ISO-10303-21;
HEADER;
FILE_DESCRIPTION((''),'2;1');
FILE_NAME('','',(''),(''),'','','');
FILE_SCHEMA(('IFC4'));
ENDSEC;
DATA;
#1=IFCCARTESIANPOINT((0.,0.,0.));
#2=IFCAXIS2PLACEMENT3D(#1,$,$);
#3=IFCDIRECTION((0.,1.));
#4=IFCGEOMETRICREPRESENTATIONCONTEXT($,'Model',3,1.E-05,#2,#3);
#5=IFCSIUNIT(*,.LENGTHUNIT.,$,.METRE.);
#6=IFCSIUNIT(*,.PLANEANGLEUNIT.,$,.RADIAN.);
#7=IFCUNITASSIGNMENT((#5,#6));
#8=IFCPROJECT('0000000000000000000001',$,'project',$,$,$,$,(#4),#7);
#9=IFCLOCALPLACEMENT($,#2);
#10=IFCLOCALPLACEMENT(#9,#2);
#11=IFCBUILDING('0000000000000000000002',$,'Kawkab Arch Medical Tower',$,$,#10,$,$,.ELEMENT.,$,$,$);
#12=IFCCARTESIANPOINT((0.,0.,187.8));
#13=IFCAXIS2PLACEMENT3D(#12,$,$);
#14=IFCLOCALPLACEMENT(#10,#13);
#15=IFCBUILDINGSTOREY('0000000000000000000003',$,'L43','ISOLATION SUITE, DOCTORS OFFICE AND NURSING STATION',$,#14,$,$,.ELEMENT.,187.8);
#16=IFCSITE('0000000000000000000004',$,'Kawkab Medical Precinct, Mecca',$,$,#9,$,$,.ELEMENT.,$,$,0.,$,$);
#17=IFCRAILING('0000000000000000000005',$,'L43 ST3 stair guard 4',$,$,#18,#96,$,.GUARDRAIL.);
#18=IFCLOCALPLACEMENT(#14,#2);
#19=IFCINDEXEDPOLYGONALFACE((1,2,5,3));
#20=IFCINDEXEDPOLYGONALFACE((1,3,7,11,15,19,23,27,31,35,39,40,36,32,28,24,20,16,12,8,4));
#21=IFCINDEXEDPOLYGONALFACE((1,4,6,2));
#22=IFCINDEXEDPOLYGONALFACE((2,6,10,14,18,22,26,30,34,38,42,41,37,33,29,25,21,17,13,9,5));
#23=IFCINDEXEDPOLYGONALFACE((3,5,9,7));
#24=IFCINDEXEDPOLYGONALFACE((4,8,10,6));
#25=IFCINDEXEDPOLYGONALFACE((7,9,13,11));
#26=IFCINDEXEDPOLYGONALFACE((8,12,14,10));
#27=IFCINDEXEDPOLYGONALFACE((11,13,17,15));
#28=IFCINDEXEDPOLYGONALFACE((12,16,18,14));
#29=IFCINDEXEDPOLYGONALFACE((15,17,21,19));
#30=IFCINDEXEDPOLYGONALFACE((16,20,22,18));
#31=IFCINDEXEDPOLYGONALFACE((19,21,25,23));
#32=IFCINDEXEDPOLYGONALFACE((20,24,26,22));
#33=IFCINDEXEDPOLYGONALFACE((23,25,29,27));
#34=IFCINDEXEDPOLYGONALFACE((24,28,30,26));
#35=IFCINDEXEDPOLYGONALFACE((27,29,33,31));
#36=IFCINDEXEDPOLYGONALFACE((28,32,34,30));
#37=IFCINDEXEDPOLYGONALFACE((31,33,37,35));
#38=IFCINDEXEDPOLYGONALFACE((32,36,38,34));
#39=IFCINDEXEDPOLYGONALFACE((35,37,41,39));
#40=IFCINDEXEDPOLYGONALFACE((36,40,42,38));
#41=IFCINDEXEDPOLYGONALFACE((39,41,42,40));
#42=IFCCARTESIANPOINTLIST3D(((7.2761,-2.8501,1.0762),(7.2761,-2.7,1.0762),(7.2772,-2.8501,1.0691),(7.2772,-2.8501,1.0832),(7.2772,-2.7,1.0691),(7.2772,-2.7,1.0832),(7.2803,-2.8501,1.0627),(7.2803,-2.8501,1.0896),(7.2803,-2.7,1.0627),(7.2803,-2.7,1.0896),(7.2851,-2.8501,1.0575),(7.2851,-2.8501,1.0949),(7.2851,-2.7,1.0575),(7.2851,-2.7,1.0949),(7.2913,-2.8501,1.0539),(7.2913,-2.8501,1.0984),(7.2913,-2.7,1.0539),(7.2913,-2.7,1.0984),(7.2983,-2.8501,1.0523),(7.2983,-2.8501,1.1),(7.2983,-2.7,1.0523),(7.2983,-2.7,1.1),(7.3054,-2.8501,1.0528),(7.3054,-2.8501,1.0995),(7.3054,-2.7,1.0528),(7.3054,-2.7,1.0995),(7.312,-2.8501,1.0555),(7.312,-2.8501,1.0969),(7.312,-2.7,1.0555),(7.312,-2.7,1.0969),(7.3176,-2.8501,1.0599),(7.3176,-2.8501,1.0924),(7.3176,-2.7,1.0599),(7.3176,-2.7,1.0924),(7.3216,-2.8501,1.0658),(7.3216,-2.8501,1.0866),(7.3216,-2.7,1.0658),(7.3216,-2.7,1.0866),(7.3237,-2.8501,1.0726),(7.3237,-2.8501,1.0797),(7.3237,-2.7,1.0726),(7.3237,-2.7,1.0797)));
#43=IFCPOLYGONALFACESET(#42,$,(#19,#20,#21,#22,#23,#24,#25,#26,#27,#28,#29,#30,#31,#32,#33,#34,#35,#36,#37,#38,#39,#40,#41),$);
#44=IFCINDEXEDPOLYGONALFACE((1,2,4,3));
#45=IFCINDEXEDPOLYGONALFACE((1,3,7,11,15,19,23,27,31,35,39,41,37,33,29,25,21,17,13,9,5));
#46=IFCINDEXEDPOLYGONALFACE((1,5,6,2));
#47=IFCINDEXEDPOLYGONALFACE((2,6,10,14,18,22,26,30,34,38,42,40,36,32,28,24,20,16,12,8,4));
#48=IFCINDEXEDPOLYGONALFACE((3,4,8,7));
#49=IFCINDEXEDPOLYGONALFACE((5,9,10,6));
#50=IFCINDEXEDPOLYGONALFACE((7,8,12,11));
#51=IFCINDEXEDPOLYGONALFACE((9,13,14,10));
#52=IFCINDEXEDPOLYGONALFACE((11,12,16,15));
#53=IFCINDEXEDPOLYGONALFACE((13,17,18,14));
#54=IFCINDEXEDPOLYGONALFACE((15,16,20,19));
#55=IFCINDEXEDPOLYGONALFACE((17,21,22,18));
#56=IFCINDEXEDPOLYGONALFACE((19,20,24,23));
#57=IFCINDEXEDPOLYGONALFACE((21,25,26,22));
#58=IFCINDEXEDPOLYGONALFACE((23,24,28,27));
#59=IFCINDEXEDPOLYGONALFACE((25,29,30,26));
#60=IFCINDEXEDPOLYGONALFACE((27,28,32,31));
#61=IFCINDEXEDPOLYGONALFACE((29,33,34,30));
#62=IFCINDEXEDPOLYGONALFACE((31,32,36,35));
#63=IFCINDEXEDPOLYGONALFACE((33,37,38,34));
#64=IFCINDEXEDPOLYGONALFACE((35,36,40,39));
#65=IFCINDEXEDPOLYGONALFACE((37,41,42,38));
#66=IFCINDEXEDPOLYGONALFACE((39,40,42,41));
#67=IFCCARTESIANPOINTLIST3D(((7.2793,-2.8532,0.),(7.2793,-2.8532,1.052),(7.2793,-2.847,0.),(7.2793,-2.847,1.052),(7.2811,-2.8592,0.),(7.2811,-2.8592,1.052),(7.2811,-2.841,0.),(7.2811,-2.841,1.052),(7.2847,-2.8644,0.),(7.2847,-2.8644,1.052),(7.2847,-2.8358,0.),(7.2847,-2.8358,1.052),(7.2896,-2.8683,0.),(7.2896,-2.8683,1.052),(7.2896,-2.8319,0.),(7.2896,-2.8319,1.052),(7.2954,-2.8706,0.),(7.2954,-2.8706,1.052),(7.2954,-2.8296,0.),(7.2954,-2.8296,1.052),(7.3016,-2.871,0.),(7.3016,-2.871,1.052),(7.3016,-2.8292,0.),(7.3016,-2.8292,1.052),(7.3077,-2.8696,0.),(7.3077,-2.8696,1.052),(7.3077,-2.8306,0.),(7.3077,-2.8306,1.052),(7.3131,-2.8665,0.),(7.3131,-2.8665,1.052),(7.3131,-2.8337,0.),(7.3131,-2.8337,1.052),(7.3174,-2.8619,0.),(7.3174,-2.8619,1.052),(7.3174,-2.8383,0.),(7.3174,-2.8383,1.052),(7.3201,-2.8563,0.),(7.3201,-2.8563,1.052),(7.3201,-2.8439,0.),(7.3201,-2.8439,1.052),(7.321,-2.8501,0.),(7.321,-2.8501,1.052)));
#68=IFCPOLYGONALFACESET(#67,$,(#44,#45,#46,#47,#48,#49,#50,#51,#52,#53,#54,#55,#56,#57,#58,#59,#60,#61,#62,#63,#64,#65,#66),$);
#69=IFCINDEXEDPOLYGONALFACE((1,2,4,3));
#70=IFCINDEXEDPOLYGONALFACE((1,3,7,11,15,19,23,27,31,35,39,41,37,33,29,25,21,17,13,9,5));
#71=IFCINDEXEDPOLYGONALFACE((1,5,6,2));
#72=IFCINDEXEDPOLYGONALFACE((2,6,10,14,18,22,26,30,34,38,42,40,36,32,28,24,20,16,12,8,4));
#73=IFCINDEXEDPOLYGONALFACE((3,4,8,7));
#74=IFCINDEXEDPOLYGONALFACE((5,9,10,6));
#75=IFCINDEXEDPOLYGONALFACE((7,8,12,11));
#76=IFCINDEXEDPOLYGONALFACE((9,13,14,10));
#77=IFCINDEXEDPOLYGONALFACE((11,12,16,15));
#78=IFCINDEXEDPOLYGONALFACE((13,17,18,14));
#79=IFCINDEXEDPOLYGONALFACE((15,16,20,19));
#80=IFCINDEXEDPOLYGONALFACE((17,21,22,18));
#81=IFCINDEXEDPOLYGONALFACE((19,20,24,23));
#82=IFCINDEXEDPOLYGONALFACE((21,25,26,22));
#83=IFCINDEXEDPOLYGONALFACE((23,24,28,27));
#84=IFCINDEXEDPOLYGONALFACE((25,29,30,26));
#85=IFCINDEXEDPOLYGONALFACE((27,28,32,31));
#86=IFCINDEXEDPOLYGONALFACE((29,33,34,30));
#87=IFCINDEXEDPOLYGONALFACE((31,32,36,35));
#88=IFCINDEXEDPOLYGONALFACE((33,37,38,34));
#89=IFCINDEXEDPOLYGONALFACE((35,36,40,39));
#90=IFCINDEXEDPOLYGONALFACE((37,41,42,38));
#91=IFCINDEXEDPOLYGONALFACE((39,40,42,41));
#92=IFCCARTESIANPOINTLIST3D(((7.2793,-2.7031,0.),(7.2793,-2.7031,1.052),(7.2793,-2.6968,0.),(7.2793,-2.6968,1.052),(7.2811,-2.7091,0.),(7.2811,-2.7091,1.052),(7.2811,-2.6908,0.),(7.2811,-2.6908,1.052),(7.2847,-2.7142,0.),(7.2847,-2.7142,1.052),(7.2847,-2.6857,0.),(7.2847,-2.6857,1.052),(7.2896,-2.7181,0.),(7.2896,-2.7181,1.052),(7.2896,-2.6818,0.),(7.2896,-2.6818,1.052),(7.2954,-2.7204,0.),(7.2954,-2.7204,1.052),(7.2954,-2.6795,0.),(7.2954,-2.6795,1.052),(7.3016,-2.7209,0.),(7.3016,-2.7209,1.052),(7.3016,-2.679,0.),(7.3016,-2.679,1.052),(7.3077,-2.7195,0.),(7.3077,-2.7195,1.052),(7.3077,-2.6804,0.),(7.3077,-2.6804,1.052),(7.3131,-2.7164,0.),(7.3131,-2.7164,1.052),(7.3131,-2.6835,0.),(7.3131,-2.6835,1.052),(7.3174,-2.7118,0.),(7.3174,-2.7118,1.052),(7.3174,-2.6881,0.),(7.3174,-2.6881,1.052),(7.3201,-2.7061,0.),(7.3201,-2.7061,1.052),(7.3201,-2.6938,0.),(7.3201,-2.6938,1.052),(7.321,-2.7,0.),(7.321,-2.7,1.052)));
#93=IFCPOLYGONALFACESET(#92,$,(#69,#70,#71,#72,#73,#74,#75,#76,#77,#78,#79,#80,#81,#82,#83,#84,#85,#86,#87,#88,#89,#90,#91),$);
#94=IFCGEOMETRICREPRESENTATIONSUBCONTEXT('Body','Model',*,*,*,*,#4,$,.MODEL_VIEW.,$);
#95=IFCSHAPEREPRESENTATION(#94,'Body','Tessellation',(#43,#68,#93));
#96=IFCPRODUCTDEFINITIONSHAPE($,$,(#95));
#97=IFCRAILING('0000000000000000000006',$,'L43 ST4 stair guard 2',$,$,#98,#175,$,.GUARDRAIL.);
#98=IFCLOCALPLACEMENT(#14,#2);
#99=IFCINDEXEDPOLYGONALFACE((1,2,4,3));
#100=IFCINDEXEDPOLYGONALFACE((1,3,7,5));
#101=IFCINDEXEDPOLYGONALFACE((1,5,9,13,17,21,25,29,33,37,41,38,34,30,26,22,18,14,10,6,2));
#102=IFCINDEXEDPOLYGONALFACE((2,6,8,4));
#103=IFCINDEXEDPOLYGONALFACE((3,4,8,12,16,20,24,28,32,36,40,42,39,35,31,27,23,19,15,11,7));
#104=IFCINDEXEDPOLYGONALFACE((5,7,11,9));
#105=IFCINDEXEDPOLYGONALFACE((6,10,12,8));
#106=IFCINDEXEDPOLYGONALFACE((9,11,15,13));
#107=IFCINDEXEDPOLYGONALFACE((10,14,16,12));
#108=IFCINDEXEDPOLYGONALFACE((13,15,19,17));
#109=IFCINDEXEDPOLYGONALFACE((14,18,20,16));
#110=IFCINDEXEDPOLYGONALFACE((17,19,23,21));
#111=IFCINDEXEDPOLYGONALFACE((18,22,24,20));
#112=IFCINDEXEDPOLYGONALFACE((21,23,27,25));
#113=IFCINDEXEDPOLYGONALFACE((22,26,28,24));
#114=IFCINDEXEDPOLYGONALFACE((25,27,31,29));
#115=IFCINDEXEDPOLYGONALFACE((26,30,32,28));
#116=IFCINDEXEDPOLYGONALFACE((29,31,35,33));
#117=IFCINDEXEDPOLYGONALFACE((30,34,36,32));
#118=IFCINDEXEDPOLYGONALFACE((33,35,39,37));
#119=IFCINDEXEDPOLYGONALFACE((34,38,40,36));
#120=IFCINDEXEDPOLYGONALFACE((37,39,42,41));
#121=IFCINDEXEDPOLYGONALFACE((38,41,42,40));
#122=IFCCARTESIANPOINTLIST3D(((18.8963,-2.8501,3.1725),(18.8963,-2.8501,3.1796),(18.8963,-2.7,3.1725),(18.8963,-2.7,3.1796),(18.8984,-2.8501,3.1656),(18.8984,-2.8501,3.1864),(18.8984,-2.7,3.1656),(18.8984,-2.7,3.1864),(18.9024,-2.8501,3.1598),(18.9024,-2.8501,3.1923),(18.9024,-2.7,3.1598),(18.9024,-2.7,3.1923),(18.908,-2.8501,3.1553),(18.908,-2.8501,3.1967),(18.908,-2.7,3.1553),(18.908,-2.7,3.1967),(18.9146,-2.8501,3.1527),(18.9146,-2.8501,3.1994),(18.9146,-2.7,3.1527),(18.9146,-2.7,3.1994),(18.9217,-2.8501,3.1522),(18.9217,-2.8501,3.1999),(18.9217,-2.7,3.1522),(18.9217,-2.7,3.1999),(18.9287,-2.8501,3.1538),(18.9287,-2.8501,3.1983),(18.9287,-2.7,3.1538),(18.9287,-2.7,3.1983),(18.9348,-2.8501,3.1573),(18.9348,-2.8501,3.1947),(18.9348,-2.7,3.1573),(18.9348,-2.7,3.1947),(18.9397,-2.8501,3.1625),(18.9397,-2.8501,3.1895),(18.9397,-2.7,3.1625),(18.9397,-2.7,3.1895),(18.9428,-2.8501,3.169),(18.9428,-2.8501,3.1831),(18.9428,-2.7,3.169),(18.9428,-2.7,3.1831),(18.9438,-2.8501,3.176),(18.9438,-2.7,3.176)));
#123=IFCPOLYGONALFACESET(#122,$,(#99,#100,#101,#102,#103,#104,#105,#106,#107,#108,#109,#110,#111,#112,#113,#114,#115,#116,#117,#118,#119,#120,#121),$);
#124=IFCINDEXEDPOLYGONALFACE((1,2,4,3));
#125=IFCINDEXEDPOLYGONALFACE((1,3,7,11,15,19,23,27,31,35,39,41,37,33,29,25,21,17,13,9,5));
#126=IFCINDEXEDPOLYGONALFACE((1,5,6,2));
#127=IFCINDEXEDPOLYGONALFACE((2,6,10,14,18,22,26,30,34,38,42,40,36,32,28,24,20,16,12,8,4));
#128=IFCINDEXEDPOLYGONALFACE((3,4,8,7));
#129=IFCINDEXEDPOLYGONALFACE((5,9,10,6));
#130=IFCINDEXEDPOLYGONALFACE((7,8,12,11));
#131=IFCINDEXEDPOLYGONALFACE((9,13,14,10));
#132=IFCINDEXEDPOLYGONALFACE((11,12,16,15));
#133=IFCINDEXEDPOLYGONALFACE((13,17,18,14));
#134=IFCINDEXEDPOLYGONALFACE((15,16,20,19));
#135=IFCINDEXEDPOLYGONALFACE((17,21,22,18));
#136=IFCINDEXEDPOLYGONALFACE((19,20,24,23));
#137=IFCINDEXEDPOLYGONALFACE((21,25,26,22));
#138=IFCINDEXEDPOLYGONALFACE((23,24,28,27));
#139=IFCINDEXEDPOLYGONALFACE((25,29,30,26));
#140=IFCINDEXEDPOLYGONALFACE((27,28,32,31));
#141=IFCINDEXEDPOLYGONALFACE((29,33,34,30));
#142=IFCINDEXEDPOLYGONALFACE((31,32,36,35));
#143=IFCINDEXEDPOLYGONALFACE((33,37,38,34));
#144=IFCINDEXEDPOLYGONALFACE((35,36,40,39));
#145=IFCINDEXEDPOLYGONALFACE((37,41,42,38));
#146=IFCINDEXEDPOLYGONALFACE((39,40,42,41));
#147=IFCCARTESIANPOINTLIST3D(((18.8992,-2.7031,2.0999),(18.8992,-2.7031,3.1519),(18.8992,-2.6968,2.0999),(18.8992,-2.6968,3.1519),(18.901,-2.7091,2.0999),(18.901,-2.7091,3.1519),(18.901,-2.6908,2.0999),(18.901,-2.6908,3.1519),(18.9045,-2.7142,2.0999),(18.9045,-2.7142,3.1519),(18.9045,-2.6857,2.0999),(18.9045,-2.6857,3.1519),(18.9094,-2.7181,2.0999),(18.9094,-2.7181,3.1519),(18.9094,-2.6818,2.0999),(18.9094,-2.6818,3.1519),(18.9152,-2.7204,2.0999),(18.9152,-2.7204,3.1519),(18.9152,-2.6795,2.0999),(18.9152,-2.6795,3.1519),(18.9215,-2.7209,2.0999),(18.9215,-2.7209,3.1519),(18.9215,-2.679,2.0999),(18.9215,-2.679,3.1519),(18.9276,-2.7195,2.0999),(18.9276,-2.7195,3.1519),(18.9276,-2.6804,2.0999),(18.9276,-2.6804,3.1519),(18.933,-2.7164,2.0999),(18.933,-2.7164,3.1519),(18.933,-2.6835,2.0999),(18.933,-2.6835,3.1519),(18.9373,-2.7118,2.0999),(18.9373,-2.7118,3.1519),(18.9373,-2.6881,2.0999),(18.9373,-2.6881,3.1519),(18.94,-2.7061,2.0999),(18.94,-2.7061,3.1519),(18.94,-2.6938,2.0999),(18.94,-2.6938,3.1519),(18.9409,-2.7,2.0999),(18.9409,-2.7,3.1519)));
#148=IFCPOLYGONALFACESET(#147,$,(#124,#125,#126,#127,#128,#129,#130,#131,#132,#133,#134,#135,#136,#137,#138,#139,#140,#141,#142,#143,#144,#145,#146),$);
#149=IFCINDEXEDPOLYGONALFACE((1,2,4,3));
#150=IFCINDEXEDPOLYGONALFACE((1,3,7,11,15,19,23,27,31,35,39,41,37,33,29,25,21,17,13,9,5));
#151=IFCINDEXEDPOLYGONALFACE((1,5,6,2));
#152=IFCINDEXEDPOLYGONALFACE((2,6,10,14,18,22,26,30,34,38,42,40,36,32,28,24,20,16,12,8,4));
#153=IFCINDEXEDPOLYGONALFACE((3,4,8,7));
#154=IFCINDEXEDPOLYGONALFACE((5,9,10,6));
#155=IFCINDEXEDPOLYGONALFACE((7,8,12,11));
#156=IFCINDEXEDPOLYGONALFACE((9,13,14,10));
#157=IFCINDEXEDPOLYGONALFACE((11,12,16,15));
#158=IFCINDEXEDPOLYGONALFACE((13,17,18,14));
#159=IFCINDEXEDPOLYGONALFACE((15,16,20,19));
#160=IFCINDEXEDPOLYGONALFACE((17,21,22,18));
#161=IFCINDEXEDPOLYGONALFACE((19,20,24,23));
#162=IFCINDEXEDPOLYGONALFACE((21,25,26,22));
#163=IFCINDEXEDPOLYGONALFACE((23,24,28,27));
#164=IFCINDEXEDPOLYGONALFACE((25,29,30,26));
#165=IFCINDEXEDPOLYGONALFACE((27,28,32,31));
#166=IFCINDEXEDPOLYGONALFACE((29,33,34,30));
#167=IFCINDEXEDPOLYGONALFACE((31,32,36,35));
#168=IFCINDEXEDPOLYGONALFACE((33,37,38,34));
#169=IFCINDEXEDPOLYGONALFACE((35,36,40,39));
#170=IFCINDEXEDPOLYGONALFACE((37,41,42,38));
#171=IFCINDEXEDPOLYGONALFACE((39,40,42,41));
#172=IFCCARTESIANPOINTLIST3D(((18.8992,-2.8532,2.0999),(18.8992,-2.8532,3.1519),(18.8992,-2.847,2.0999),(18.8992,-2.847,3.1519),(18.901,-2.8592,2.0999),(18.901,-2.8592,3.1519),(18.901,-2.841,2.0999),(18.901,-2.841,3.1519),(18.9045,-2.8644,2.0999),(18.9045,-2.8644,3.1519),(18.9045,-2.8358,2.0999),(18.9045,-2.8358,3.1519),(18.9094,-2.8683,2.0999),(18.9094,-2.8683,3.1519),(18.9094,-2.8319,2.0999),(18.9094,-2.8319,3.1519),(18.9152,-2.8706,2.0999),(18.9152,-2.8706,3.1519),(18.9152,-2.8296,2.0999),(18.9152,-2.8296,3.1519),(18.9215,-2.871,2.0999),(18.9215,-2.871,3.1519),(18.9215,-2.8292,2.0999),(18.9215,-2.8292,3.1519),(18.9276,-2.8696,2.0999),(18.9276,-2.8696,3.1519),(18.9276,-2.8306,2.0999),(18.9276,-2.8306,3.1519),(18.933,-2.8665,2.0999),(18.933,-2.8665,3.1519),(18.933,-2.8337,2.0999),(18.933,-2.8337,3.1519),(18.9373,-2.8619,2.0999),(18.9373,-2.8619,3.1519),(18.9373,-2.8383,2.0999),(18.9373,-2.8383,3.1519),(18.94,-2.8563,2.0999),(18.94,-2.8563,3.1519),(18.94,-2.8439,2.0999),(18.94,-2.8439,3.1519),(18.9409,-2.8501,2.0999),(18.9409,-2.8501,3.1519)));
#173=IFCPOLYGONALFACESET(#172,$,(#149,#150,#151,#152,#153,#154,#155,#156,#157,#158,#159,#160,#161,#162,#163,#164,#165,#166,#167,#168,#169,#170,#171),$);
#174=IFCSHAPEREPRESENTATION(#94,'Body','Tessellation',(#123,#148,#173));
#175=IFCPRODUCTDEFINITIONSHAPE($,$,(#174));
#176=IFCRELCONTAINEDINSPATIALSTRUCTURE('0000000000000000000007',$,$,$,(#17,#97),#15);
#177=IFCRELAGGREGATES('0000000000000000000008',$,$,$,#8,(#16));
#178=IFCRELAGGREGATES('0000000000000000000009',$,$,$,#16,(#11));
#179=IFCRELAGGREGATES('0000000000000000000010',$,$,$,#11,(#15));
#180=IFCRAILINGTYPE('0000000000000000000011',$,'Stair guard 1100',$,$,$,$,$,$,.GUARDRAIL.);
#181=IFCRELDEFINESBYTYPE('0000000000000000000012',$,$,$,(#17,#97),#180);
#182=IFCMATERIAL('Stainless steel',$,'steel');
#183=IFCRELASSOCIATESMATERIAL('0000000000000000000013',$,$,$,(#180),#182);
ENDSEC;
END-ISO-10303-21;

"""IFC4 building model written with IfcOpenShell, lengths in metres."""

from ifc_helpers import new_model, si_unit, direction, frame, origin, origin_2d, place, context, subcontext, project, spatial, circle, extrude, material, type_object, element, save


model = new_model("IFC4")

# Units and contexts
model_context = context("Model", 3, precision=1e-05, world=origin(), true_north=direction((0.0, 1.0)))
body_context = subcontext(model_context, "Body", "Model", "MODEL_VIEW")
ifc_project = project(units=[si_unit("LENGTHUNIT", "METRE"), si_unit("PLANEANGLEUNIT", "RADIAN")], contexts=[model_context])

# Site, building, storey
site_placement = place(None, origin())
site = spatial("IfcSite", under=ifc_project, at=site_placement, Name="Kawkab Medical Precinct, Mecca", CompositionType="ELEMENT", RefElevation=0.0)
building_placement = place(site_placement, origin())
building = spatial("IfcBuilding", under=site, at=building_placement, Name="Kawkab Arch Medical Tower", CompositionType="ELEMENT")
storey_placement = place(building_placement, frame((0.0, 0.0, 187.8)))
storey = spatial("IfcBuildingStorey", under=building, at=storey_placement, Name="L43", Description="ISOLATION SUITE, DOCTORS OFFICE AND NURSING STATION", CompositionType="ELEMENT", Elevation=187.8)

# Railings
ifc_material_1 = material(Name="Stainless steel", Category="steel")
railing_type_1 = type_object("IfcRailingType", Name="Stair guard 1100", PredefinedType="GUARDRAIL", material=ifc_material_1)
railing_1_placement = place(storey_placement, frame((7.3, -2.8501, 0.0)))
element("IfcRailing", 1, at=railing_1_placement, inside=storey, type_object=railing_type_1, Name="L43 ST3 stair guard 4", PredefinedType="GUARDRAIL", context=body_context, shape_type="SweptSolid", body=[
    extrude(circle(Radius=0.0239, at=origin_2d()), frame((0.0, 0.0, 1.0762), z_axis=(0.0, 1.0, 0.0), x_axis=(-1.0, 0.0, 0.0)), (0.0, 0.0, 1.0), 0.1501),
    extrude(circle(Radius=0.021, at=origin_2d()), origin(), (0.0, 0.0, 1.0), 1.052),
    extrude(circle(Radius=0.021, at=origin_2d()), frame((0.0, 0.1501, 0.0)), (0.0, 0.0, 1.0), 1.052),
])
railing_2_placement = place(storey_placement, frame((18.9199, -2.7, 2.0999)))
element("IfcRailing", 2, at=railing_2_placement, inside=storey, type_object=railing_type_1, Name="L43 ST4 stair guard 2", PredefinedType="GUARDRAIL", context=body_context, shape_type="SweptSolid", body=[
    extrude(circle(Radius=0.0239, at=origin_2d()), frame((0.0, 0.0, 1.0762), z_axis=(0.0, -1.0, 0.0), x_axis=(1.0, 0.0, 0.0)), (0.0, 0.0, 1.0), 0.1501),
    extrude(circle(Radius=0.021, at=origin_2d()), origin(), (0.0, 0.0, 1.0), 1.052),
    extrude(circle(Radius=0.021, at=origin_2d()), frame((0.0, -0.1501, 0.0)), (0.0, 0.0, 1.0), 1.052),
])

save(model, "model.ifc")
